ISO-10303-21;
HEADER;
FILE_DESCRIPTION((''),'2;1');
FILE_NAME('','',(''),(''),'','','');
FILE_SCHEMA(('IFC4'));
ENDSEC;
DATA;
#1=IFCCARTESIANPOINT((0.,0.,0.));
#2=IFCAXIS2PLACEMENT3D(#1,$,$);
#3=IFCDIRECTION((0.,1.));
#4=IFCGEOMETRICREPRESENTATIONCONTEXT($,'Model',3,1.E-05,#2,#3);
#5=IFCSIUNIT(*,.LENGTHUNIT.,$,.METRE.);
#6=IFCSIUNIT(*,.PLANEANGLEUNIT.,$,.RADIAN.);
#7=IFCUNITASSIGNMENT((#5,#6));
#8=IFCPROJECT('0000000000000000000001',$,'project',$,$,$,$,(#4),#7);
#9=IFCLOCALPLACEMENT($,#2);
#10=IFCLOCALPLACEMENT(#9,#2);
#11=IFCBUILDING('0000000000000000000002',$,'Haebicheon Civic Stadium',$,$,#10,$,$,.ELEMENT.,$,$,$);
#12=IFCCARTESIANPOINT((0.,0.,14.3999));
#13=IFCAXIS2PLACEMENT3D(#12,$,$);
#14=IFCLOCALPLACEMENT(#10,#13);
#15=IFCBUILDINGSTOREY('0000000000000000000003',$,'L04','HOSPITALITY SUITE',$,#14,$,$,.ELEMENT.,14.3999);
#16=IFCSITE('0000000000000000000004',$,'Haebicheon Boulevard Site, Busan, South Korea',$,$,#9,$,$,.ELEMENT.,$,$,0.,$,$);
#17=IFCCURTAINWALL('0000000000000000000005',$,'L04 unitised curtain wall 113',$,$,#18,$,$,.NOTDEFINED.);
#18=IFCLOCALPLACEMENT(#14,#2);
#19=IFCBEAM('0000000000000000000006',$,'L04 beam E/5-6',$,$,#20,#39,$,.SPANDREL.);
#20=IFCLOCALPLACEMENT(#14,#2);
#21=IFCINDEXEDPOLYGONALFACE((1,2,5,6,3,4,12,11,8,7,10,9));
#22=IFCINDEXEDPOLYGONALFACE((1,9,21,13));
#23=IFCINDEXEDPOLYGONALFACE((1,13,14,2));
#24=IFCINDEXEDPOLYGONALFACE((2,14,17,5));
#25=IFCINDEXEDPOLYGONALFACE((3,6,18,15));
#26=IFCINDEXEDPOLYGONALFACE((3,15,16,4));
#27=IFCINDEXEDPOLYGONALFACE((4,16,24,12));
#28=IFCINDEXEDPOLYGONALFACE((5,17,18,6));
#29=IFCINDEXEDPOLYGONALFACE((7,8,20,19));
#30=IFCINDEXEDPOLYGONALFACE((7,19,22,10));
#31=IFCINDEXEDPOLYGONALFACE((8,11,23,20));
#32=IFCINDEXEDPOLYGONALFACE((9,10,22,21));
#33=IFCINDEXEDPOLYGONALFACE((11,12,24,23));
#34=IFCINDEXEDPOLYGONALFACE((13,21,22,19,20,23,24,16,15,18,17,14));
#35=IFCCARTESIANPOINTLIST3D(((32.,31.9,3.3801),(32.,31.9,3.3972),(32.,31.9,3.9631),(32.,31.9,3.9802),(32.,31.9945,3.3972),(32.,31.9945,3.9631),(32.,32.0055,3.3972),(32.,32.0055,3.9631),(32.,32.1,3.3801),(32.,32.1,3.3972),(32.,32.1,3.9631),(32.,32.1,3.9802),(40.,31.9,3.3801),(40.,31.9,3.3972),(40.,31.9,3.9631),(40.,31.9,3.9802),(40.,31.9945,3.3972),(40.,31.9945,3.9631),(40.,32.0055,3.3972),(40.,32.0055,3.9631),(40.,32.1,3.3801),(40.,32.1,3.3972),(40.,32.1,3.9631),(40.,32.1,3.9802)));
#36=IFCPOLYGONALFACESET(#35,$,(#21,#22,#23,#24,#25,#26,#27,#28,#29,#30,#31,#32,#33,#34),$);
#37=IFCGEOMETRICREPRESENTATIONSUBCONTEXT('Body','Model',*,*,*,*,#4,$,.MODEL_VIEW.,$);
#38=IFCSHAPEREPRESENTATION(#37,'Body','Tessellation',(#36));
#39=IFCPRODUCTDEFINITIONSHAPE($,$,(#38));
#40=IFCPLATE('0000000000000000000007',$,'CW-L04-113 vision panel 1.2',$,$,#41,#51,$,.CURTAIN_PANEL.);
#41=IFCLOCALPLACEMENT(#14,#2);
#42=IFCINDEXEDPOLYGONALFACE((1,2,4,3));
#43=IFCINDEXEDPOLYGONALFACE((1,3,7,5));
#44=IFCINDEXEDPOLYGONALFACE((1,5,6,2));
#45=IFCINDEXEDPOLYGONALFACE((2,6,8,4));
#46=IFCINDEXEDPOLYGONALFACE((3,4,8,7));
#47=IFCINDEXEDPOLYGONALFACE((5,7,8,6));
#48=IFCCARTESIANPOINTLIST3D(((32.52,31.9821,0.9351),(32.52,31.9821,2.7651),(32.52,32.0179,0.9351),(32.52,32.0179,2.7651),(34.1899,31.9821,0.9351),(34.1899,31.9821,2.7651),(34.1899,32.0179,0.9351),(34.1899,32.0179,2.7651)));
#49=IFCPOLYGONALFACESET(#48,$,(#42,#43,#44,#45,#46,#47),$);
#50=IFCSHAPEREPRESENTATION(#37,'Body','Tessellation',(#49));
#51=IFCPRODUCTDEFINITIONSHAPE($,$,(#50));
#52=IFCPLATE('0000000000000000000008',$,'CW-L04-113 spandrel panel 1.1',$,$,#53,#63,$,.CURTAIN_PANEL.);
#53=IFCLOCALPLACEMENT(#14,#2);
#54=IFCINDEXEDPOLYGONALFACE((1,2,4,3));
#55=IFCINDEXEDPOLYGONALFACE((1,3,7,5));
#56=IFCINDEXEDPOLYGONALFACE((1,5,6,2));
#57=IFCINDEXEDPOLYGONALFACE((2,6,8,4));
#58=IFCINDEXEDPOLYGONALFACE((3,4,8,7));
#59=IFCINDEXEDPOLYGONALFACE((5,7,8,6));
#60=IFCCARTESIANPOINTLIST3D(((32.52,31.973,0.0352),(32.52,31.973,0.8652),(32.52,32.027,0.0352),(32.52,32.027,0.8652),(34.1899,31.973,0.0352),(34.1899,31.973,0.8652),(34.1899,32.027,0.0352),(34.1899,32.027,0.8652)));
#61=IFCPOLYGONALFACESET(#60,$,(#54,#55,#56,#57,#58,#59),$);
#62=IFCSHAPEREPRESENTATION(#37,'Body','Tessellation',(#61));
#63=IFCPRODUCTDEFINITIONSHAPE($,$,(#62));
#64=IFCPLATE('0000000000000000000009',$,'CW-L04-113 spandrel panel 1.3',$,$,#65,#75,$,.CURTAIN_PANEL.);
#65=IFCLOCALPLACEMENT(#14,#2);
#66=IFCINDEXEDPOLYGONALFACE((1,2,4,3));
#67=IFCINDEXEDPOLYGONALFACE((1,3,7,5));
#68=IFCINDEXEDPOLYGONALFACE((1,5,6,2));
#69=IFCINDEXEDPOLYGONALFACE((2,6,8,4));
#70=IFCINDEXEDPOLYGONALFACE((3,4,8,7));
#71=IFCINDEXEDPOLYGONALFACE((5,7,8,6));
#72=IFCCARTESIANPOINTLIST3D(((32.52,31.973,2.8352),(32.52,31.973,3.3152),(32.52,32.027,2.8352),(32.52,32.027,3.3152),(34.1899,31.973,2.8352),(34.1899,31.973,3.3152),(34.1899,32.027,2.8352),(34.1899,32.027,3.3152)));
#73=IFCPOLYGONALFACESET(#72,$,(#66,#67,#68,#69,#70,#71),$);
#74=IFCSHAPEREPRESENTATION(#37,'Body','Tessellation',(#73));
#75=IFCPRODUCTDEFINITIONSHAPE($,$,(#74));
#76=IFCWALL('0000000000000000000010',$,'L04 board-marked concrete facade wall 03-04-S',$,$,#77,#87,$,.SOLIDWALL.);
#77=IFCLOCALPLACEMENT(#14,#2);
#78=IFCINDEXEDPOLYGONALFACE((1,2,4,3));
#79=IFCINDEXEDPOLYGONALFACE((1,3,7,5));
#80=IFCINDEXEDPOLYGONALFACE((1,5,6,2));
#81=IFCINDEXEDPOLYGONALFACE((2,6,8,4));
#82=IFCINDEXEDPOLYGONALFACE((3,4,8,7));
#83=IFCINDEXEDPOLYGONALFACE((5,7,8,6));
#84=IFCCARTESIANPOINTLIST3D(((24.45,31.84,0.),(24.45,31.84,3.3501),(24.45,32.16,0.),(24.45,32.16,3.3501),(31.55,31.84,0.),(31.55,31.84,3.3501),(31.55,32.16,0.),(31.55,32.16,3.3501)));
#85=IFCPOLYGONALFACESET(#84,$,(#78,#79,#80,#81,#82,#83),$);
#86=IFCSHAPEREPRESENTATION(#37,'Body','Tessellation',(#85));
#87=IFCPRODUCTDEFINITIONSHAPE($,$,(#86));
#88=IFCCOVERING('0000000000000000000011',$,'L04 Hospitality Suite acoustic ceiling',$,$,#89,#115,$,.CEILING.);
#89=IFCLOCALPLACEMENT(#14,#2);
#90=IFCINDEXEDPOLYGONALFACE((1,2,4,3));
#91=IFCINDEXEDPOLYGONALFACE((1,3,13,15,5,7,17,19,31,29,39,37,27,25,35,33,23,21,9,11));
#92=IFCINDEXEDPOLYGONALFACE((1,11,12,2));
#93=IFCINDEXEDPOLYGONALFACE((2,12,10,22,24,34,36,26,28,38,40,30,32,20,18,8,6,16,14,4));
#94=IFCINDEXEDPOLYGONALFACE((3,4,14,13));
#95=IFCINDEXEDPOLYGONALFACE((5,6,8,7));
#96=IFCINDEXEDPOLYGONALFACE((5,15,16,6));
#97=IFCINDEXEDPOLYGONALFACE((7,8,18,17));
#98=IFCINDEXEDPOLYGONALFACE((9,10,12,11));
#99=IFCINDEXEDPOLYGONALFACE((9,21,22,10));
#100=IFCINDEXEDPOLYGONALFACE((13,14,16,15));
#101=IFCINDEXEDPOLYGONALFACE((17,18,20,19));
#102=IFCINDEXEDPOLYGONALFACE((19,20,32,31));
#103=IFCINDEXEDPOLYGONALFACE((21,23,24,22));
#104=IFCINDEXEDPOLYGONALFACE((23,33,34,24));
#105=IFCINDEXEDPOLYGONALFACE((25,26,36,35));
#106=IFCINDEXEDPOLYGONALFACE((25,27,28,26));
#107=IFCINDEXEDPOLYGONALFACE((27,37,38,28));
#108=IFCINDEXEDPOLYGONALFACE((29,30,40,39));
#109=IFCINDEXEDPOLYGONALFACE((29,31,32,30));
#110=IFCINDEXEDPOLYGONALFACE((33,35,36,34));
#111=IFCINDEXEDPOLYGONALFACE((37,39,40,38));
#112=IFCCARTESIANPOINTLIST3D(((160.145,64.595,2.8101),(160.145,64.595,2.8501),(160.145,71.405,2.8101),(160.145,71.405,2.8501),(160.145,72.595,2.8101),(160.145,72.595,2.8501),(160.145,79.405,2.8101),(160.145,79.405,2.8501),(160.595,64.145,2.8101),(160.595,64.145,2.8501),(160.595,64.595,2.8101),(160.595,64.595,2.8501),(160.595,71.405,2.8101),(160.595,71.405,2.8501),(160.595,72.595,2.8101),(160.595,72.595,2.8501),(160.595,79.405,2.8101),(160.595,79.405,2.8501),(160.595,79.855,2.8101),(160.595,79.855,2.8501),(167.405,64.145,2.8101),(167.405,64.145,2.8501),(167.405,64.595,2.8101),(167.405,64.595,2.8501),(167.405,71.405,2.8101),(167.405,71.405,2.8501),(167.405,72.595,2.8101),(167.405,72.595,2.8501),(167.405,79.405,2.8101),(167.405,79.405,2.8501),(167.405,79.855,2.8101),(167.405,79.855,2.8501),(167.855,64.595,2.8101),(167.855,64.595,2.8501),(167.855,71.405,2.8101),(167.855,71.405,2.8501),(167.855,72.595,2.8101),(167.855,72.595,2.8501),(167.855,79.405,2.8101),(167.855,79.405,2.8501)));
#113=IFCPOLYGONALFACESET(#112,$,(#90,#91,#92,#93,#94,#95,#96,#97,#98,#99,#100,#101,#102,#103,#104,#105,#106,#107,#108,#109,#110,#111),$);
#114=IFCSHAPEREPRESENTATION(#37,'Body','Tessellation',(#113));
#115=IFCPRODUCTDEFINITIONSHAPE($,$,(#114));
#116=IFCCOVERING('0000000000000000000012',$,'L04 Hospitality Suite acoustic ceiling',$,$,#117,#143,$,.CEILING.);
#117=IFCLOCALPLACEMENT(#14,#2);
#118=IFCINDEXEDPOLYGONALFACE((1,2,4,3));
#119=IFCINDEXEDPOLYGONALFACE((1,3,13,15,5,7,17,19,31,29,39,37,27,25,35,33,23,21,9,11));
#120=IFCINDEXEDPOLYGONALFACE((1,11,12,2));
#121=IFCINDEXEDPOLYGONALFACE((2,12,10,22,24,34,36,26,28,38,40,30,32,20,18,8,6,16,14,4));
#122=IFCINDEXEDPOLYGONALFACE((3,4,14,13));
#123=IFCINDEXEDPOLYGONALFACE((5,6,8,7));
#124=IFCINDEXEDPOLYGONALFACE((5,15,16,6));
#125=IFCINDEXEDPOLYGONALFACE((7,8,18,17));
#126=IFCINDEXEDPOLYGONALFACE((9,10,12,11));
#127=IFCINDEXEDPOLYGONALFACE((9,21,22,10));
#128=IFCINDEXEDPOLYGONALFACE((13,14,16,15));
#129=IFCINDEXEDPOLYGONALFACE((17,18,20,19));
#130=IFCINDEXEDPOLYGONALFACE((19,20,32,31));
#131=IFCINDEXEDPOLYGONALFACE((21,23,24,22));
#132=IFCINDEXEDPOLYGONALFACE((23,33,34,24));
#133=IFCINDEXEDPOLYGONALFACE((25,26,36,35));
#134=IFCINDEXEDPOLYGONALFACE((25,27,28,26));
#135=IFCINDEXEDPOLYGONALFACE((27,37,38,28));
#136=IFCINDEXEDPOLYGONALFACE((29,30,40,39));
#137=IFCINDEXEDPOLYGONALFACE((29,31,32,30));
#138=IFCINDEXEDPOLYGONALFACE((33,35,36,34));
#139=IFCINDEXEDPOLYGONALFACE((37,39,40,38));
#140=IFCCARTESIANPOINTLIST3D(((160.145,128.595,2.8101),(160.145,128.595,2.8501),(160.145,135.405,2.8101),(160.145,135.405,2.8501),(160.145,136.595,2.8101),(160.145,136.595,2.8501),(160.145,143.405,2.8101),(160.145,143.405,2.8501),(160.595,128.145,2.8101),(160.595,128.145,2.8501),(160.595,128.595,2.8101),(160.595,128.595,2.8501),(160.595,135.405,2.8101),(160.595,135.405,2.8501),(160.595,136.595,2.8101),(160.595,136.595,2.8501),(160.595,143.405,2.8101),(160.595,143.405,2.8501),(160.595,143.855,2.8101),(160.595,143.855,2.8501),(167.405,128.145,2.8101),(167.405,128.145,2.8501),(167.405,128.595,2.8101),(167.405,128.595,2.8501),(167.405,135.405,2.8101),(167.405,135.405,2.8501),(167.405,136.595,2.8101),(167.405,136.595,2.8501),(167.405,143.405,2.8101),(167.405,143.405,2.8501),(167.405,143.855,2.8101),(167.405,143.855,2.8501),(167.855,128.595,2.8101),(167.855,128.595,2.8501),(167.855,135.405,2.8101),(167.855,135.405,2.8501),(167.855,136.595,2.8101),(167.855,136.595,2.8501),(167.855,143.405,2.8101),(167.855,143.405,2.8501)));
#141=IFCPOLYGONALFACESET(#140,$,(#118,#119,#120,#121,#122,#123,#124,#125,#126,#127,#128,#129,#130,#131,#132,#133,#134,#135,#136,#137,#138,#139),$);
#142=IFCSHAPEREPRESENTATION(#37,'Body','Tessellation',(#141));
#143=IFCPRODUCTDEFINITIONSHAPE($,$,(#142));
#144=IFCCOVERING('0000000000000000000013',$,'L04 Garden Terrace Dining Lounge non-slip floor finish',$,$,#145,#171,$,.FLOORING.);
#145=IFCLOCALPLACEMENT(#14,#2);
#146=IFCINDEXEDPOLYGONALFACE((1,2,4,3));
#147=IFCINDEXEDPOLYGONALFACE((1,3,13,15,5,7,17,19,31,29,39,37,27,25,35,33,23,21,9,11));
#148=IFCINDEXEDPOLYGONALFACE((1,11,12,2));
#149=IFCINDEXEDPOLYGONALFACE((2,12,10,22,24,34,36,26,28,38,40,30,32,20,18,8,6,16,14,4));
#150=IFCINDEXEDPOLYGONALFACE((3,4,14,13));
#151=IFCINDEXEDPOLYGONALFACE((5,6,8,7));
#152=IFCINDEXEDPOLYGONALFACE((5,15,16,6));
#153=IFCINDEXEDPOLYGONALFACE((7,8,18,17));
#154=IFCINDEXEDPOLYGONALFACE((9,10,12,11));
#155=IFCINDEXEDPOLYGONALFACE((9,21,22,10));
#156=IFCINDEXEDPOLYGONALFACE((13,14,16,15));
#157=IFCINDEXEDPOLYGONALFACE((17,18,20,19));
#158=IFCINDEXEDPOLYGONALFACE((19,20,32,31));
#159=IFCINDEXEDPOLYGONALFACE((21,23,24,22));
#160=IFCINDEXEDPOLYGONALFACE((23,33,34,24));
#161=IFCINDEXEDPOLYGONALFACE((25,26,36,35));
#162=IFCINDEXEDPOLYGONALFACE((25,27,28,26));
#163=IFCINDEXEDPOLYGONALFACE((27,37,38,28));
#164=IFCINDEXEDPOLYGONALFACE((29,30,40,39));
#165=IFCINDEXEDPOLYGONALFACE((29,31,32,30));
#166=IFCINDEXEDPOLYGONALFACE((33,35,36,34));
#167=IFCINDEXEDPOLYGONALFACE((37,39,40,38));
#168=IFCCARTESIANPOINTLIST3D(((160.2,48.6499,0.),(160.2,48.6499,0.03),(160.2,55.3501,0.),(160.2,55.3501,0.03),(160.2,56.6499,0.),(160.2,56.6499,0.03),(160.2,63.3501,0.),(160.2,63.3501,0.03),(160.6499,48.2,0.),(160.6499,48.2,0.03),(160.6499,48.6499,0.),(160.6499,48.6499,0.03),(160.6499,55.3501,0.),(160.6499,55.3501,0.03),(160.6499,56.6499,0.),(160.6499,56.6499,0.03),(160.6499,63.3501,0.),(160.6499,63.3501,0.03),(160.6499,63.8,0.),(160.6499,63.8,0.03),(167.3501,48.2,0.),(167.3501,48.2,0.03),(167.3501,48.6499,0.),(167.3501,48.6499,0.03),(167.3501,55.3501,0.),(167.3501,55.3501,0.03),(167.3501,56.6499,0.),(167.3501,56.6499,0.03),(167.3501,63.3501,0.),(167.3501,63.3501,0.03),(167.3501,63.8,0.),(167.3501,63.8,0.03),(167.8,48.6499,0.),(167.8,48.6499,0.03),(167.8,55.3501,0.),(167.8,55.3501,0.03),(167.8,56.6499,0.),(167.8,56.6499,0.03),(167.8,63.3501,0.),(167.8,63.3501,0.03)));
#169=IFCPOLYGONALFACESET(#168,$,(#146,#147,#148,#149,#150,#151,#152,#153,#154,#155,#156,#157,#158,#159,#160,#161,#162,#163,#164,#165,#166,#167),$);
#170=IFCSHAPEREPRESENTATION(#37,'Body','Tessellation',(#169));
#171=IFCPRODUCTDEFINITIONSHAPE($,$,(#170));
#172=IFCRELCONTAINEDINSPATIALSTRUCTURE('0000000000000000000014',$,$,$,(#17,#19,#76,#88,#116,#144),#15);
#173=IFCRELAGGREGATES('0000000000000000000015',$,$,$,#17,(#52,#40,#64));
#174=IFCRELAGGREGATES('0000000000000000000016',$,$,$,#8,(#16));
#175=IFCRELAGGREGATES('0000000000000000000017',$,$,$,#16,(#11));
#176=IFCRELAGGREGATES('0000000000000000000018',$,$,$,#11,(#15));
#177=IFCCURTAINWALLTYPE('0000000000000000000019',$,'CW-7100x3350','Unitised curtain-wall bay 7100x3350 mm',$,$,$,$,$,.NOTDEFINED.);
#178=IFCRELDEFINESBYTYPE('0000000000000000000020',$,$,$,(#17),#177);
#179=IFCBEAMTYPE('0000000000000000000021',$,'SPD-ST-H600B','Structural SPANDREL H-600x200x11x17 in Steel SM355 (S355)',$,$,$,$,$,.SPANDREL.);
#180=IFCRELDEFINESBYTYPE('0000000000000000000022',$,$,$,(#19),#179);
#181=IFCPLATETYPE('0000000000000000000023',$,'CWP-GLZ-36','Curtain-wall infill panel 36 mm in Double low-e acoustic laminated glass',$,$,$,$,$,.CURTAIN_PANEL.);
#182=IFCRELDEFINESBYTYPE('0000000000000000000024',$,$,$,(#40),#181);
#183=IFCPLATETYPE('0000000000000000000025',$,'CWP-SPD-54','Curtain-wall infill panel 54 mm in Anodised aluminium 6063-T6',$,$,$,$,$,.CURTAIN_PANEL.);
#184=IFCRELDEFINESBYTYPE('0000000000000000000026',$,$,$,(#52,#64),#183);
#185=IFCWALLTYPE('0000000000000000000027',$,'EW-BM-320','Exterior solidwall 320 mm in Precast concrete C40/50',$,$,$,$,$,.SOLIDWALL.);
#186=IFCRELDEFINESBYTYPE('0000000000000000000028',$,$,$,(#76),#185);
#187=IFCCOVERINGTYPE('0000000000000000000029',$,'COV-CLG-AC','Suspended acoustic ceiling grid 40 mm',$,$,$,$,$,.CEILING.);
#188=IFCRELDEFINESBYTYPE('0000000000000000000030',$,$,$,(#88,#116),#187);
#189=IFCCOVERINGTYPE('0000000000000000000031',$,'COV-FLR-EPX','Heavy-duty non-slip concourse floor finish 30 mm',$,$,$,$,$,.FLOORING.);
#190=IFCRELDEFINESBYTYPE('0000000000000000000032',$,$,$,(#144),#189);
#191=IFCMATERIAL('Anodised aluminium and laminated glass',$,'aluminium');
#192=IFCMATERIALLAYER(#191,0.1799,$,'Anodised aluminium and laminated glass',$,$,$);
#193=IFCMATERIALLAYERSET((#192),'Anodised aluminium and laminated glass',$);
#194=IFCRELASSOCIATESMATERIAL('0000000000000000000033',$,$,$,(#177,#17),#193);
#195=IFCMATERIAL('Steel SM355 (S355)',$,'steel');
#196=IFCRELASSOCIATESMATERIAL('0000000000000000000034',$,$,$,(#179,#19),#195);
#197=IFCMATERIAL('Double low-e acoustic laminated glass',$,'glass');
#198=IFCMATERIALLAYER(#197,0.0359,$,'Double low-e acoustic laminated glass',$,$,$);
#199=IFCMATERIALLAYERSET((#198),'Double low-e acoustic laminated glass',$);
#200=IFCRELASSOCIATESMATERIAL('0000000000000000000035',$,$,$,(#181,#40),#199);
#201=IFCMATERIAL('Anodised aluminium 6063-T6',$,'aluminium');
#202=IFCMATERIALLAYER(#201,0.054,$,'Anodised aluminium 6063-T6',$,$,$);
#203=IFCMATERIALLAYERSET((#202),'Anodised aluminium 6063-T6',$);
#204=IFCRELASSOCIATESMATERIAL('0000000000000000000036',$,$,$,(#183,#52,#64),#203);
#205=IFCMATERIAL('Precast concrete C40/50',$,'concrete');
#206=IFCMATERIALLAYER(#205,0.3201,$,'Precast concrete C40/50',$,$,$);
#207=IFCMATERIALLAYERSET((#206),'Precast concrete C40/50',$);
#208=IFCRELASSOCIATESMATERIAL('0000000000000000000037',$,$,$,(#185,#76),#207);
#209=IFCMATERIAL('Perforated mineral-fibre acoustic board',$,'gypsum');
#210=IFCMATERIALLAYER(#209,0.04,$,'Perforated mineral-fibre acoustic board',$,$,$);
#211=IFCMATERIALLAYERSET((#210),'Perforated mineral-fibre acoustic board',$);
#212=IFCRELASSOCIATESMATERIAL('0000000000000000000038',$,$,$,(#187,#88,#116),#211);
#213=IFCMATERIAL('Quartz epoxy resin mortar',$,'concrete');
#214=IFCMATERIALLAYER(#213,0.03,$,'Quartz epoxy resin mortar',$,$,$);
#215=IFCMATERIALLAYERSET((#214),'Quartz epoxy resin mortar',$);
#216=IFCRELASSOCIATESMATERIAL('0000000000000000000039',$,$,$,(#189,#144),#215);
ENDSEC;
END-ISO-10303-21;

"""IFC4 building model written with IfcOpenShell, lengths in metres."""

from ifc_helpers import new_model, si_unit, direction, frame, frame_2d, origin, origin_2d, place, context, subcontext, project, spatial, polyline, rectangle, i_section, outline, extrude, material, layer, layer_set, material_profile, profile_set, type_object, element, aggregate, save


model = new_model("IFC4")

# Units and contexts
model_context = context("Model", 3, precision=1e-05, world=origin(), true_north=direction((0.0, 1.0)))
body_context = subcontext(model_context, "Body", "Model", "MODEL_VIEW")
ifc_project = project(units=[si_unit("LENGTHUNIT", "METRE"), si_unit("PLANEANGLEUNIT", "RADIAN")], contexts=[model_context])

# Site, building, storey
site_placement = place(None, origin())
site = spatial("IfcSite", under=ifc_project, at=site_placement, Name="Haebicheon Boulevard Site, Busan, South Korea", CompositionType="ELEMENT", RefElevation=0.0)
building_placement = place(site_placement, origin())
building = spatial("IfcBuilding", under=site, at=building_placement, Name="Haebicheon Civic Stadium", CompositionType="ELEMENT")
storey_placement = place(building_placement, frame((0.0, 0.0, 14.3999)))
storey = spatial("IfcBuildingStorey", under=building, at=storey_placement, Name="L04", Description="HOSPITALITY SUITE", CompositionType="ELEMENT", Elevation=14.3999)

# Curtain wall
ifc_material_1 = material(Name="Anodised aluminium and laminated glass", Category="aluminium")
ifc_layer_1 = layer(ifc_material_1, 0.1799, Name="Anodised aluminium and laminated glass")
ifc_layer_set_1 = layer_set([ifc_layer_1], Name="Anodised aluminium and laminated glass")
curtain_wall_type = type_object("IfcCurtainWallType", Name="CW-7100x3350", Description="Unitised curtain-wall bay 7100x3350 mm", PredefinedType="NOTDEFINED", material=ifc_layer_set_1)
curtain_wall_placement = place(storey_placement, origin())
curtain_wall = element("IfcCurtainWall", 1, at=curtain_wall_placement, inside=storey, type_object=curtain_wall_type, material=ifc_layer_set_1, Name="L04 unitised curtain wall 113", PredefinedType="NOTDEFINED")

# Beam
ifc_material_2 = material(Name="Steel SM355 (S355)", Category="steel")
ifc_material_profile_1 = material_profile(ifc_material_2, i_section(OverallWidth=0.2, OverallDepth=0.6001, WebThickness=0.011, FlangeThickness=0.0171, at=origin_2d()), Name="H-600x200x11x17")
ifc_profile_set_1 = profile_set([ifc_material_profile_1], Name="Steel SM355 (S355)")
beam_type_1 = type_object("IfcBeamType", Name="SPD-ST-H600B", Description="Structural SPANDREL H-600x200x11x17 in Steel SM355 (S355)", PredefinedType="SPANDREL", material=ifc_profile_set_1)
for number, where, z_axis, x_axis, name in (
    (2, (32.0, 32.0, 3.6802), (1.0, 0.0, 0.0), (0.0, 1.0, 0.0), "L04 beam E/5-6"),
):
    element("IfcBeam", number, at=place(storey_placement, frame(where, z_axis=z_axis, x_axis=x_axis)), inside=storey, type_object=beam_type_1, material=ifc_profile_set_1, Name=name, PredefinedType="SPANDREL", context=body_context, shape_type="SweptSolid", body=[
        extrude(i_section(OverallWidth=0.2, OverallDepth=0.6001, WebThickness=0.011, FlangeThickness=0.0171, at=origin_2d()), origin(), (0.0, 0.0, 1.0), 8.0),
    ])

# Plates
ifc_material_3 = material(Name="Double low-e acoustic laminated glass", Category="glass")
ifc_layer_2 = layer(ifc_material_3, 0.0359, Name="Double low-e acoustic laminated glass")
ifc_layer_set_2 = layer_set([ifc_layer_2], Name="Double low-e acoustic laminated glass")
plate_type_1 = type_object("IfcPlateType", Name="CWP-GLZ-36", Description="Curtain-wall infill panel 36 mm in Double low-e acoustic laminated glass", PredefinedType="CURTAIN_PANEL", material=ifc_layer_set_2)
plate_1_placement = place(storey_placement, frame((33.355, 32.0, 0.9351), z_axis=(0.0, 0.0, 1.0), x_axis=(1.0, 0.0, 0.0)))
plate_1 = element("IfcPlate", 3, at=plate_1_placement, type_object=plate_type_1, material=ifc_layer_set_2, Name="CW-L04-113 vision panel 1.2", PredefinedType="CURTAIN_PANEL", context=body_context, shape_type="SweptSolid", body=[
    extrude(rectangle(XDim=1.6699, YDim=0.0359, at=origin_2d()), origin(), (0.0, 0.0, 1.0), 1.8301),
])
ifc_material_4 = material(Name="Anodised aluminium 6063-T6", Category="aluminium")
ifc_layer_3 = layer(ifc_material_4, 0.054, Name="Anodised aluminium 6063-T6")
ifc_layer_set_3 = layer_set([ifc_layer_3], Name="Anodised aluminium 6063-T6")
plate_type_2 = type_object("IfcPlateType", Name="CWP-SPD-54", Description="Curtain-wall infill panel 54 mm in Anodised aluminium 6063-T6", PredefinedType="CURTAIN_PANEL", material=ifc_layer_set_3)
plate_2_placement = place(storey_placement, frame((33.355, 32.0, 0.0352), z_axis=(0.0, 0.0, 1.0), x_axis=(1.0, 0.0, 0.0)))
plate_2 = element("IfcPlate", 4, at=plate_2_placement, type_object=plate_type_2, material=ifc_layer_set_3, Name="CW-L04-113 spandrel panel 1.1", PredefinedType="CURTAIN_PANEL", context=body_context, shape_type="SweptSolid", body=[
    extrude(rectangle(XDim=1.6699, YDim=0.054, at=origin_2d()), origin(), (0.0, 0.0, 1.0), 0.8301),
])
plate_3_placement = place(storey_placement, frame((33.355, 32.0, 2.8352), z_axis=(0.0, 0.0, 1.0), x_axis=(1.0, 0.0, 0.0)))
plate_3 = element("IfcPlate", 5, at=plate_3_placement, type_object=plate_type_2, material=ifc_layer_set_3, Name="CW-L04-113 spandrel panel 1.3", PredefinedType="CURTAIN_PANEL", context=body_context, shape_type="SweptSolid", body=[
    extrude(rectangle(XDim=1.6699, YDim=0.054, at=origin_2d()), origin(), (0.0, 0.0, 1.0), 0.48),
])
aggregate(curtain_wall, [plate_2, plate_1, plate_3])

# Wall
ifc_material_5 = material(Name="Precast concrete C40/50", Category="concrete")
ifc_layer_4 = layer(ifc_material_5, 0.3201, Name="Precast concrete C40/50")
ifc_layer_set_4 = layer_set([ifc_layer_4], Name="Precast concrete C40/50")
wall_type = type_object("IfcWallType", Name="EW-BM-320", Description="Exterior solidwall 320 mm in Precast concrete C40/50", PredefinedType="SOLIDWALL", material=ifc_layer_set_4)
wall_placement = place(storey_placement, frame((24.45, 32.0, 0.0), z_axis=(0.0, 0.0, 1.0), x_axis=(1.0, 0.0, 0.0)))
element("IfcWall", 6, at=wall_placement, inside=storey, type_object=wall_type, material=ifc_layer_set_4, Name="L04 board-marked concrete facade wall 03-04-S", PredefinedType="SOLIDWALL", context=body_context, shape_type="SweptSolid", body=[
    extrude(rectangle(XDim=7.1001, YDim=0.3201, at=frame_2d((3.55, 0.0))), origin(), (0.0, 0.0, 1.0), 3.3501),
])

# Coverings
ifc_material_6 = material(Name="Perforated mineral-fibre acoustic board", Category="gypsum")
ifc_layer_5 = layer(ifc_material_6, 0.04, Name="Perforated mineral-fibre acoustic board")
ifc_layer_set_5 = layer_set([ifc_layer_5], Name="Perforated mineral-fibre acoustic board")
covering_type_1 = type_object("IfcCoveringType", Name="COV-CLG-AC", Description="Suspended acoustic ceiling grid 40 mm", PredefinedType="CEILING", material=ifc_layer_set_5)
covering_1_placement = place(storey_placement, frame((0.0, 0.0, 2.8101)))
element("IfcCovering", 7, at=covering_1_placement, inside=storey, type_object=covering_type_1, material=ifc_layer_set_5, Name="L04 Hospitality Suite acoustic ceiling", PredefinedType="CEILING", context=body_context, shape_type="SweptSolid", body=[
    extrude(outline(polyline([(160.595, 64.145), (160.595, 64.595), (160.145, 64.595), (160.145, 71.405), (160.595, 71.405), (160.595, 72.595), (160.145, 72.595), (160.145, 79.405), (160.595, 79.405), (160.595, 79.855), (167.405, 79.855), (167.405, 79.405), (167.855, 79.405), (167.855, 72.595), (167.405, 72.595), (167.405, 71.405), (167.855, 71.405), (167.855, 64.595), (167.405, 64.595), (167.405, 64.145), (160.595, 64.145)])), origin(), (0.0, 0.0, 1.0), 0.04),
])
covering_2_placement = place(storey_placement, frame((0.0, 0.0, 2.8101)))
element("IfcCovering", 8, at=covering_2_placement, inside=storey, type_object=covering_type_1, material=ifc_layer_set_5, Name="L04 Hospitality Suite acoustic ceiling", PredefinedType="CEILING", context=body_context, shape_type="SweptSolid", body=[
    extrude(outline(polyline([(160.595, 128.145), (160.595, 128.595), (160.145, 128.595), (160.145, 135.405), (160.595, 135.405), (160.595, 136.595), (160.145, 136.595), (160.145, 143.405), (160.595, 143.405), (160.595, 143.855), (167.405, 143.855), (167.405, 143.405), (167.855, 143.405), (167.855, 136.595), (167.405, 136.595), (167.405, 135.405), (167.855, 135.405), (167.855, 128.595), (167.405, 128.595), (167.405, 128.145), (160.595, 128.145)])), origin(), (0.0, 0.0, 1.0), 0.04),
])
ifc_material_7 = material(Name="Quartz epoxy resin mortar", Category="concrete")
ifc_layer_6 = layer(ifc_material_7, 0.03, Name="Quartz epoxy resin mortar")
ifc_layer_set_6 = layer_set([ifc_layer_6], Name="Quartz epoxy resin mortar")
covering_type_2 = type_object("IfcCoveringType", Name="COV-FLR-EPX", Description="Heavy-duty non-slip concourse floor finish 30 mm", PredefinedType="FLOORING", material=ifc_layer_set_6)
covering_3_placement = place(storey_placement, origin())
element("IfcCovering", 9, at=covering_3_placement, inside=storey, type_object=covering_type_2, material=ifc_layer_set_6, Name="L04 Garden Terrace Dining Lounge non-slip floor finish", PredefinedType="FLOORING", context=body_context, shape_type="SweptSolid", body=[
    extrude(outline(polyline([(160.6499, 48.2), (160.6499, 48.6499), (160.2, 48.6499), (160.2, 55.3501), (160.6499, 55.3501), (160.6499, 56.6499), (160.2, 56.6499), (160.2, 63.3501), (160.6499, 63.3501), (160.6499, 63.8), (167.3501, 63.8), (167.3501, 63.3501), (167.8, 63.3501), (167.8, 56.6499), (167.3501, 56.6499), (167.3501, 55.3501), (167.8, 55.3501), (167.8, 48.6499), (167.3501, 48.6499), (167.3501, 48.2), (160.6499, 48.2)])), origin(), (0.0, 0.0, 1.0), 0.03),
])

save(model, "model.ifc")
